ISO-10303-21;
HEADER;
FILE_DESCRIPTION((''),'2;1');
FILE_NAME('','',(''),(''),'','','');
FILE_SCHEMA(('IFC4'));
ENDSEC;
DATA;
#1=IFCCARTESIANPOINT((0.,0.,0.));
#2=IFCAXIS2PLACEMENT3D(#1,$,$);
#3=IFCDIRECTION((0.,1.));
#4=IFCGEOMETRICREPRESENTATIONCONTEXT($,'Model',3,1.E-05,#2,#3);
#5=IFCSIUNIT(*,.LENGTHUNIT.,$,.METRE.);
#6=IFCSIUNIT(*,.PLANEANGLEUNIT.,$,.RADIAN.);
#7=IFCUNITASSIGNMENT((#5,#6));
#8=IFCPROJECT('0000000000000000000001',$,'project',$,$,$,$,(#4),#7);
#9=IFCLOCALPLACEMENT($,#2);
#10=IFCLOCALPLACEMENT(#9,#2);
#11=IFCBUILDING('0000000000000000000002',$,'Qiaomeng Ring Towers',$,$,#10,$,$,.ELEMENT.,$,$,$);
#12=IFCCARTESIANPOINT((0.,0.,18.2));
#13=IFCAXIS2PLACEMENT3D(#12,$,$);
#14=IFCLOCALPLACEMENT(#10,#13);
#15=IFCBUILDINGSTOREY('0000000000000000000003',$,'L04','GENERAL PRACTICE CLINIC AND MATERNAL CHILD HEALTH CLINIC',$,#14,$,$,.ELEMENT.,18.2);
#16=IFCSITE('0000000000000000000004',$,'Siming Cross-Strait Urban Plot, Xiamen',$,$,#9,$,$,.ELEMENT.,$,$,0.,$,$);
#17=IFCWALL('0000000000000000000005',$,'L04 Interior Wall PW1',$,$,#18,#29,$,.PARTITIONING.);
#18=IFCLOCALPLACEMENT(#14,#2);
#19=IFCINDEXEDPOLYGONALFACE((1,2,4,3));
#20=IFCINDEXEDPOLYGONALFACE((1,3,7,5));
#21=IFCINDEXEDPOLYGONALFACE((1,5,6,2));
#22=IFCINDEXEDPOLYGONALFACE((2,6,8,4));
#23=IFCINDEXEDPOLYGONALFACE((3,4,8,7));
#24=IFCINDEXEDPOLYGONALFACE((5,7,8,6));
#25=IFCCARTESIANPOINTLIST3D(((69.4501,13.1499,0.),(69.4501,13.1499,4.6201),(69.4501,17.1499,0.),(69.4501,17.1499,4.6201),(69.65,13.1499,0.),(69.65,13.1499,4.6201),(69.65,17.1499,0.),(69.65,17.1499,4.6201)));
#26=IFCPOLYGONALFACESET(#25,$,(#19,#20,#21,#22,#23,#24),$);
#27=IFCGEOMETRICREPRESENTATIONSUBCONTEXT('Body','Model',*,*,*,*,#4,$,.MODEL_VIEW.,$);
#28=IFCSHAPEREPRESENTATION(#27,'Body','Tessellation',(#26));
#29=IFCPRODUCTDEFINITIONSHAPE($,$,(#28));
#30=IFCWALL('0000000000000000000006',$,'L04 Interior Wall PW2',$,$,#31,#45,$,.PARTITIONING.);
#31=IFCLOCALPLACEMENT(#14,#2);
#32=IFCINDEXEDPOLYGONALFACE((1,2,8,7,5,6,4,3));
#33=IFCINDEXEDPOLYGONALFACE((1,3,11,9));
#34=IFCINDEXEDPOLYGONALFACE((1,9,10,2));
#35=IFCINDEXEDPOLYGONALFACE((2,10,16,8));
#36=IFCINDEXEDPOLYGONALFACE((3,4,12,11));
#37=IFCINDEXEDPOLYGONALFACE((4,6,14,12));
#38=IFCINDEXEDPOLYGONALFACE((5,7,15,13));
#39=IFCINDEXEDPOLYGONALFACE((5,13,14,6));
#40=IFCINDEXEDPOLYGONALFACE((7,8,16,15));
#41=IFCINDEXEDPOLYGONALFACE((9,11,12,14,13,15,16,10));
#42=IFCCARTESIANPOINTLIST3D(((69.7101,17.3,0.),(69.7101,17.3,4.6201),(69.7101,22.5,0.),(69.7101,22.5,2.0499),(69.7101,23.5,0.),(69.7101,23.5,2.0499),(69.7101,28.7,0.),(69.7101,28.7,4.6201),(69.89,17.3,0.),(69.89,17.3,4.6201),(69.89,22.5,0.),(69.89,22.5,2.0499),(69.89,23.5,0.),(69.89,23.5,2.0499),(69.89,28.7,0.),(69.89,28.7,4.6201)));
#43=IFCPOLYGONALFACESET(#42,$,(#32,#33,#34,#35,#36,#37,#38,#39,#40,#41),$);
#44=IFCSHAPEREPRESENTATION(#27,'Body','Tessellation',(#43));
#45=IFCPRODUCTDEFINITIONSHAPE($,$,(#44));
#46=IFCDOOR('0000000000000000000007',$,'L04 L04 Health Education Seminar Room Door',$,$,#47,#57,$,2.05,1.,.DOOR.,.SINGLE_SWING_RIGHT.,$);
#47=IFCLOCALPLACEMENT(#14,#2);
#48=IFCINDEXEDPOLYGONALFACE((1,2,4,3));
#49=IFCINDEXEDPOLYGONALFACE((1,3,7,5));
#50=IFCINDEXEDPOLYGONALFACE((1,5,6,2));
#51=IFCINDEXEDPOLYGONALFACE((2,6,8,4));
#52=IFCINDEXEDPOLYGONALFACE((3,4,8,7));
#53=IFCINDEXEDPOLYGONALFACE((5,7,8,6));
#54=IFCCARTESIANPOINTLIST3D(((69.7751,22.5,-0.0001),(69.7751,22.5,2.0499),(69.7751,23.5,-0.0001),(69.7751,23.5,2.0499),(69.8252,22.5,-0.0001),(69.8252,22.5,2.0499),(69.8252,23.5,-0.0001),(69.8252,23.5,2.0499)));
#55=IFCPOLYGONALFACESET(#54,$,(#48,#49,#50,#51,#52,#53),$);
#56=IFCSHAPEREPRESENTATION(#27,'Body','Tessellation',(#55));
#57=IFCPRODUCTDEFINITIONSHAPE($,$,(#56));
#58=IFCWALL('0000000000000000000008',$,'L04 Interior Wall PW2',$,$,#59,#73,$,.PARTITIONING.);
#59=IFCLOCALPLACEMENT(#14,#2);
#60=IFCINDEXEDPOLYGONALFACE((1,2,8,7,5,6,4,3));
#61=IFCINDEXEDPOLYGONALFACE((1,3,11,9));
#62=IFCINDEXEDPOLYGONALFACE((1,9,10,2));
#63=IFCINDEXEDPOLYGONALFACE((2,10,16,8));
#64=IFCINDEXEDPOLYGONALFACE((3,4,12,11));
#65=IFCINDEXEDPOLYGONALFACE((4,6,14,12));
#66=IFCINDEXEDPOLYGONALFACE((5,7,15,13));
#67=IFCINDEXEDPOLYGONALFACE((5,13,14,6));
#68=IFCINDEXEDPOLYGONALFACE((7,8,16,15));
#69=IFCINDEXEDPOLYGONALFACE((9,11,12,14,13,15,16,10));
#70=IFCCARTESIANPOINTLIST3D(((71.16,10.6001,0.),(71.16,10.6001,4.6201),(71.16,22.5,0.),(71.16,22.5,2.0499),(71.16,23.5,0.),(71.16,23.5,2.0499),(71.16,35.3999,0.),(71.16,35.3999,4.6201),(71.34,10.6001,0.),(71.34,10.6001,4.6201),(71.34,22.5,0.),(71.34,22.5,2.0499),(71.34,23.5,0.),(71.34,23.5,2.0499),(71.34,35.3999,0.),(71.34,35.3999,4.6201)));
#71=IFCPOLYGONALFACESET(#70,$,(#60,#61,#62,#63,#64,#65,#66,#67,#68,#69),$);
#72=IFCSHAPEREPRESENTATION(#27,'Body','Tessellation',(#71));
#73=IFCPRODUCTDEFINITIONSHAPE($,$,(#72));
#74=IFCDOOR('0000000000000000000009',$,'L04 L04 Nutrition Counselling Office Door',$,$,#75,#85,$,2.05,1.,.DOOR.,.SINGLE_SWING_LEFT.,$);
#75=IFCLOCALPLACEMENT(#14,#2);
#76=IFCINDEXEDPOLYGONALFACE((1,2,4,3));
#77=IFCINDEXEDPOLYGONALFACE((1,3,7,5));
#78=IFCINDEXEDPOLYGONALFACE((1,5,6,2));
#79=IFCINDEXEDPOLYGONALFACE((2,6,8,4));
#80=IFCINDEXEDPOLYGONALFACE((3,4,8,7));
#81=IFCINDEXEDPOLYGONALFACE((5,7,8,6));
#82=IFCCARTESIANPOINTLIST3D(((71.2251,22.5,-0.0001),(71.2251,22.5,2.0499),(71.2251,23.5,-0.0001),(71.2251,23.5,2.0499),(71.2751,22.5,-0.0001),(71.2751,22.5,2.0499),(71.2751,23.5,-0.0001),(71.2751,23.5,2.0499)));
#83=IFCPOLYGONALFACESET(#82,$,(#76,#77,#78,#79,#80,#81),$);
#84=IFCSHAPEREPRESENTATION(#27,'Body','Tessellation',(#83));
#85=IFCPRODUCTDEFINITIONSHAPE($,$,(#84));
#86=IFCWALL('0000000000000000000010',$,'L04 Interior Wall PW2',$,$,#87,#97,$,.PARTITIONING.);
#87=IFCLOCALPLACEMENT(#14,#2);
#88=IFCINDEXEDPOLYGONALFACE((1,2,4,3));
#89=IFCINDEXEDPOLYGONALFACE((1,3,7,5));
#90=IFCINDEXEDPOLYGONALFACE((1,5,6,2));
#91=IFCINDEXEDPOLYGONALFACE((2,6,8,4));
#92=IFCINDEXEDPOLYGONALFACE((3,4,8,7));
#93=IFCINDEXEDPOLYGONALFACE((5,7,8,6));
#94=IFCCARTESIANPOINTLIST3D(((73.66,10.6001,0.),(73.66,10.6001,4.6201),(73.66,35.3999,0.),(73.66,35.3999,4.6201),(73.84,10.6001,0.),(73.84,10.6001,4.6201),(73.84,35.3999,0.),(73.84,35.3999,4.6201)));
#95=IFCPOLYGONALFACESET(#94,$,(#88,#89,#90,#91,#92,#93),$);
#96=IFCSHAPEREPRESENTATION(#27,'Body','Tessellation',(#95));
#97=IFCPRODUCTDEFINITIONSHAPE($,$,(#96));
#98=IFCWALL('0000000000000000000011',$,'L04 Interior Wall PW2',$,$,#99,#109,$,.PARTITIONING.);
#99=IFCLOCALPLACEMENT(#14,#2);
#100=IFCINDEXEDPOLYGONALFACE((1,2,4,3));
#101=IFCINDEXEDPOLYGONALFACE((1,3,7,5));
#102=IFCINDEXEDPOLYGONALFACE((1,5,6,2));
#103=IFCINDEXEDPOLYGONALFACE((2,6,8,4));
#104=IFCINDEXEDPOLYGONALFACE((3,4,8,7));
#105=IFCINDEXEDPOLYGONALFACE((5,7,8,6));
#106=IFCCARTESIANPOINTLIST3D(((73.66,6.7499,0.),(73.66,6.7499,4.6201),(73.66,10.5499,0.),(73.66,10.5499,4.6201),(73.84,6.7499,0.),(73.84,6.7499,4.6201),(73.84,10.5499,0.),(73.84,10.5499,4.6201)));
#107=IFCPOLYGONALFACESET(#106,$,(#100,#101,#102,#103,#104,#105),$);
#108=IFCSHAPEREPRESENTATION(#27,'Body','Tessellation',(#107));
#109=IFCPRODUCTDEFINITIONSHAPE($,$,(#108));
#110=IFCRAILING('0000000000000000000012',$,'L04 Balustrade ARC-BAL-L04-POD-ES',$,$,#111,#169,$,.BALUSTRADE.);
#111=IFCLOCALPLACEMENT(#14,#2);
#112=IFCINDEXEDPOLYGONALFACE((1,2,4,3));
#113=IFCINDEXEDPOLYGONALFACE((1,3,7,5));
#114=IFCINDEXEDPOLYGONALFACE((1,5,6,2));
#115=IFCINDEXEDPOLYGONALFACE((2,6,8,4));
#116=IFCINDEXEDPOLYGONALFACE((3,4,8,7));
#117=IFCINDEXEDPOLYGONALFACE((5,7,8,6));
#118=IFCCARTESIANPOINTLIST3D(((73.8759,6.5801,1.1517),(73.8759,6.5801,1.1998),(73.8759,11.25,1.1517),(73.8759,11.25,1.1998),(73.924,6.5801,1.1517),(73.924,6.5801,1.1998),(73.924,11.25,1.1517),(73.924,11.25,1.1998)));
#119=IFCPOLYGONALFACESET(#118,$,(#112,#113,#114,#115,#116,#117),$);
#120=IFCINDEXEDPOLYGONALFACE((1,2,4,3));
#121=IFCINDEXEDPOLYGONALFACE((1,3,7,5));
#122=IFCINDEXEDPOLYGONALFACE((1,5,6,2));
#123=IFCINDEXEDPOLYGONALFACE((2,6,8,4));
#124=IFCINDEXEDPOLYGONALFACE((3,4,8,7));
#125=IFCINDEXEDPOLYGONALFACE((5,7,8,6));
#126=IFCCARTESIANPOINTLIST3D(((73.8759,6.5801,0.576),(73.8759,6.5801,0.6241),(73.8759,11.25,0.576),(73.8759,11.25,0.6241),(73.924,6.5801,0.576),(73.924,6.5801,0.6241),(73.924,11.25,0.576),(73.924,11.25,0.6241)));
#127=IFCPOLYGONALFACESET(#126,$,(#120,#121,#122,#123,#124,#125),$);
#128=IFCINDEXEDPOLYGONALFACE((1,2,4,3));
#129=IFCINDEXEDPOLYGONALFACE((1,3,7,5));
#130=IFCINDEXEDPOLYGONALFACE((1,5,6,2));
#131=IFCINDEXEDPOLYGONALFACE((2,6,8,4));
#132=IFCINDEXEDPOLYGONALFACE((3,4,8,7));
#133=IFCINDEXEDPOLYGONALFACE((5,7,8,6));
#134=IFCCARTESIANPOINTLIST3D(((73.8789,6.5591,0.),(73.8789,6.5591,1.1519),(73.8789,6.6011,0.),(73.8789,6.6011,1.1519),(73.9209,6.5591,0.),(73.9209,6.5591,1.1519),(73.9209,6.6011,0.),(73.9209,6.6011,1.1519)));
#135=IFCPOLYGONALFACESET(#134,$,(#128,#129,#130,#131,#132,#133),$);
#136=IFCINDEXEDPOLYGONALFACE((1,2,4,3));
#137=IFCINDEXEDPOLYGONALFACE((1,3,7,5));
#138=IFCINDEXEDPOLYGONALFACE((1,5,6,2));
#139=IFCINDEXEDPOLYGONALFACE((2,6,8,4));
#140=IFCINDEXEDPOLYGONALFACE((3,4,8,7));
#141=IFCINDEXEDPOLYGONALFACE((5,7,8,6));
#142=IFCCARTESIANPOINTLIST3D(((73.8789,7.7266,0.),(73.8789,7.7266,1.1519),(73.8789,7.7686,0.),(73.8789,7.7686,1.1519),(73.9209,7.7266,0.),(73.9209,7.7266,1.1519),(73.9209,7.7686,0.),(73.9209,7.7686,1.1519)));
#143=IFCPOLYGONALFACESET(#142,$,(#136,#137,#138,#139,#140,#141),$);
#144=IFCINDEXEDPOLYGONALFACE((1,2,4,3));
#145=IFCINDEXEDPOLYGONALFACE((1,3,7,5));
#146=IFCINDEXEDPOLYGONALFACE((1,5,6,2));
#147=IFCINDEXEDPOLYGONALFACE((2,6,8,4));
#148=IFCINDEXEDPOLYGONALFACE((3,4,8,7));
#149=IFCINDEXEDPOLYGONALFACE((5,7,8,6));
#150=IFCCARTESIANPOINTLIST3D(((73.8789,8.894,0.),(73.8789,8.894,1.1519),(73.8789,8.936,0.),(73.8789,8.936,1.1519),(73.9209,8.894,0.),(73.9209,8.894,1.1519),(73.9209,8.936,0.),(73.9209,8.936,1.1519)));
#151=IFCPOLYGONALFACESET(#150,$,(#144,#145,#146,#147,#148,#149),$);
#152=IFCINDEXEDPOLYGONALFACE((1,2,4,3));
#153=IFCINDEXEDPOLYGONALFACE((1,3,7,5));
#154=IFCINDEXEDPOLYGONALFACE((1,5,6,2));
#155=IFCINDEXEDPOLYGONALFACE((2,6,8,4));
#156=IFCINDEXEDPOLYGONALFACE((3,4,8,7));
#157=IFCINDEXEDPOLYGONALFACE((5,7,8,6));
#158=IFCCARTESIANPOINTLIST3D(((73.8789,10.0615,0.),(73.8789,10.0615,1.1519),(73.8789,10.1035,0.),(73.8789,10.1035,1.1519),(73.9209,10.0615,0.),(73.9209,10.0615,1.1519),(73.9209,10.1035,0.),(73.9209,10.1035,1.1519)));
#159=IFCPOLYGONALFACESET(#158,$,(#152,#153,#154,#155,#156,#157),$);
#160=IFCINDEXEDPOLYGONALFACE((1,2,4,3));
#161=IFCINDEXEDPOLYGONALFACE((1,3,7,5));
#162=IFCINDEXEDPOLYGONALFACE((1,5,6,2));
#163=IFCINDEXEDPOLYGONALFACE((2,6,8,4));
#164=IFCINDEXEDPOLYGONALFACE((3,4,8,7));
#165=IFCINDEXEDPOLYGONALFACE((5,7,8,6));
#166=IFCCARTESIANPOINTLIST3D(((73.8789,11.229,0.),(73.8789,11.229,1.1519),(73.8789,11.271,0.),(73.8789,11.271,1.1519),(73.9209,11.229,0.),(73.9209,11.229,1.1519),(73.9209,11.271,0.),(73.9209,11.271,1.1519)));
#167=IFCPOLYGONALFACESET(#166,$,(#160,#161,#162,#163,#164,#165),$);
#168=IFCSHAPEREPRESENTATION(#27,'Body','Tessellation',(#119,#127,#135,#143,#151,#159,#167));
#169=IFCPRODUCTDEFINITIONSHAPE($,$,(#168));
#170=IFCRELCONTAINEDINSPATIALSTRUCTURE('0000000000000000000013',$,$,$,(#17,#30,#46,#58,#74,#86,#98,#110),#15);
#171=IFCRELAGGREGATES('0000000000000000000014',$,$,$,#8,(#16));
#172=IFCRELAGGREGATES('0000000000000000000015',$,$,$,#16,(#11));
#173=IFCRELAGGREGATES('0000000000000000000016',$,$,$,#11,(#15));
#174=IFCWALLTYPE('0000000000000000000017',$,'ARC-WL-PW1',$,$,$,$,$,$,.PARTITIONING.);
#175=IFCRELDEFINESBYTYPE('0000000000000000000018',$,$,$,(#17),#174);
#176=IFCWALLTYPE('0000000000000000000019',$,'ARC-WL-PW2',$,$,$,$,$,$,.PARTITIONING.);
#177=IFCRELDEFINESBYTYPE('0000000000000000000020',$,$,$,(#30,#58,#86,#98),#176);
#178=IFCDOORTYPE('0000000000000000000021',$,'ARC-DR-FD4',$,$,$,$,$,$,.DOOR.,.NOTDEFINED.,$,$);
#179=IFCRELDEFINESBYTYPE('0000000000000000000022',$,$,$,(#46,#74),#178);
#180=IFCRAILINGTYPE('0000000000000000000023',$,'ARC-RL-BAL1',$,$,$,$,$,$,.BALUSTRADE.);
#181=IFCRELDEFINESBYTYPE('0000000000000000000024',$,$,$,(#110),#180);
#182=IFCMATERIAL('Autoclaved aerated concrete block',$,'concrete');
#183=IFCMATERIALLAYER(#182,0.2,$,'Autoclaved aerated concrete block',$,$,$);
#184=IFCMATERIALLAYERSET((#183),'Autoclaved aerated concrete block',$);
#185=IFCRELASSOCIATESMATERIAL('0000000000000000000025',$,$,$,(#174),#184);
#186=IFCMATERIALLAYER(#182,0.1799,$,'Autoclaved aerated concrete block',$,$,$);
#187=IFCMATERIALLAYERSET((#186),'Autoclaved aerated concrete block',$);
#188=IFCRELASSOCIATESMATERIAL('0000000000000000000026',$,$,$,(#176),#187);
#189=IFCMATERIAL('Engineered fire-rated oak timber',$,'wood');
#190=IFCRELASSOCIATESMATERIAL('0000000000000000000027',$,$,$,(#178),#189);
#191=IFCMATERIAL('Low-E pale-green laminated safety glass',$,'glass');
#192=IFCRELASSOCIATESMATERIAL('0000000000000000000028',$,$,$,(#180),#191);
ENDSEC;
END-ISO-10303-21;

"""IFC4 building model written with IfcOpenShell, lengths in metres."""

from ifc_helpers import new_model, si_unit, direction, frame, frame_2d, origin, origin_2d, place, context, subcontext, project, spatial, rectangle, extrude, source, transform, mapped, material, layer, layer_set, type_object, element, fill, save


model = new_model("IFC4")

# Units and contexts
model_context = context("Model", 3, precision=1e-05, world=origin(), true_north=direction((0.0, 1.0)))
body_context = subcontext(model_context, "Body", "Model", "MODEL_VIEW")
ifc_project = project(units=[si_unit("LENGTHUNIT", "METRE"), si_unit("PLANEANGLEUNIT", "RADIAN")], contexts=[model_context])

# Site, building, storey
site_placement = place(None, origin())
site = spatial("IfcSite", under=ifc_project, at=site_placement, Name="Siming Cross-Strait Urban Plot, Xiamen", CompositionType="ELEMENT", RefElevation=0.0)
building_placement = place(site_placement, origin())
building = spatial("IfcBuilding", under=site, at=building_placement, Name="Qiaomeng Ring Towers", CompositionType="ELEMENT")
storey_placement = place(building_placement, frame((0.0, 0.0, 18.2)))
storey = spatial("IfcBuildingStorey", under=building, at=storey_placement, Name="L04", Description="GENERAL PRACTICE CLINIC AND MATERNAL CHILD HEALTH CLINIC", CompositionType="ELEMENT", Elevation=18.2)

# Shared definitions
ifc_material_1 = material(Name="Low-E pale-green laminated safety glass", Category="glass")

# Wall
ifc_material_2 = material(Name="Autoclaved aerated concrete block", Category="concrete")
ifc_layer_1 = layer(ifc_material_2, 0.2, Name="Autoclaved aerated concrete block")
ifc_layer_set_1 = layer_set([ifc_layer_1], Name="Autoclaved aerated concrete block")
wall_type_1 = type_object("IfcWallType", Name="ARC-WL-PW1", PredefinedType="PARTITIONING", material=ifc_layer_set_1)
wall_1_placement = place(storey_placement, frame((69.55, 13.1499, 0.0), z_axis=(0.0, 0.0, 1.0), x_axis=(0.0, 1.0, 0.0)))
element("IfcWall", 1, at=wall_1_placement, inside=storey, type_object=wall_type_1, Name="L04 Interior Wall PW1", PredefinedType="PARTITIONING", context=body_context, shape_type="SweptSolid", body=[
    extrude(rectangle(XDim=4.0, YDim=0.2, at=frame_2d((2.0, 0.0))), origin(), (0.0, 0.0, 1.0), 4.6201),
])

# Walls, openings, doors
ifc_layer_2 = layer(ifc_material_2, 0.1799, Name="Autoclaved aerated concrete block")
ifc_layer_set_2 = layer_set([ifc_layer_2], Name="Autoclaved aerated concrete block")
wall_type_2 = type_object("IfcWallType", Name="ARC-WL-PW2", PredefinedType="PARTITIONING", material=ifc_layer_set_2)
wall_2_placement = place(storey_placement, frame((69.8, 17.3, 0.0), z_axis=(0.0, 0.0, 1.0), x_axis=(0.0, 1.0, 0.0)))
wall_2 = element("IfcWall", 2, at=wall_2_placement, inside=storey, type_object=wall_type_2, Name="L04 Interior Wall PW2", PredefinedType="PARTITIONING", context=body_context, shape_type="SweptSolid", body=[
    extrude(rectangle(XDim=11.3999, YDim=0.1799, at=frame_2d((5.7, 0.0))), origin(), (0.0, 0.0, 1.0), 4.6201),
])
opening_1_placement = place(wall_2_placement, frame((5.2, 0.0, 0.0)))
opening_1 = element("IfcOpeningElement", 3, at=opening_1_placement, cuts=wall_2, PredefinedType="OPENING", context=body_context, shape_type="SweptSolid", body=[
    extrude(rectangle(XDim=1.0, YDim=2.05, at=frame_2d((0.5, 1.0249))), frame((0.0, 0.0999, 0.0), z_axis=(0.0, -1.0, 0.0), x_axis=(1.0, 0.0, 0.0)), (0.0, 0.0, 1.0), 0.2),
])
ifc_material_3 = material(Name="Engineered fire-rated oak timber", Category="wood")
door_type = type_object("IfcDoorType", Name="ARC-DR-FD4", OperationType="NOTDEFINED", PredefinedType="DOOR", material=ifc_material_3)
shared_shape_1 = source(origin(), body_context, "Body", "SweptSolid", [
    extrude(rectangle(XDim=1.0, YDim=2.05, at=frame_2d((0.5, 1.0249))), frame((0.0, 0.0249, 0.0), z_axis=(0.0, -1.0, 0.0), x_axis=(1.0, 0.0, 0.0)), (0.0, 0.0, 1.0), 0.05),
])
door_1_placement = place(opening_1_placement, origin())
door_1 = element("IfcDoor", 4, at=door_1_placement, inside=storey, type_object=door_type, Name="L04 L04 Health Education Seminar Room Door", OperationType="SINGLE_SWING_RIGHT", OverallHeight=2.05, OverallWidth=1.0, PredefinedType="DOOR", context=body_context, shape_type="MappedRepresentation", body=[
    mapped(shared_shape_1, transform((0.0, 0.0, 0.0), x_axis=(1.0, 0.0, 0.0), y_axis=(0.0, 1.0, 0.0), z_axis=(0.0, 0.0, 1.0), scale=1.0)),
])
fill(opening_1, door_1)
wall_3_placement = place(storey_placement, frame((71.25, 10.6001, 0.0), z_axis=(0.0, 0.0, 1.0), x_axis=(0.0, 1.0, 0.0)))
wall_3 = element("IfcWall", 5, at=wall_3_placement, inside=storey, type_object=wall_type_2, Name="L04 Interior Wall PW2", PredefinedType="PARTITIONING", context=body_context, shape_type="SweptSolid", body=[
    extrude(rectangle(XDim=24.7998, YDim=0.1799, at=frame_2d((12.3999, 0.0))), origin(), (0.0, 0.0, 1.0), 4.6201),
])
opening_2_placement = place(wall_3_placement, frame((11.8999, 0.0, 0.0)))
opening_2 = element("IfcOpeningElement", 6, at=opening_2_placement, cuts=wall_3, PredefinedType="OPENING", context=body_context, shape_type="SweptSolid", body=[
    extrude(rectangle(XDim=1.0, YDim=2.05, at=frame_2d((0.5, 1.0249))), frame((0.0, 0.0999, 0.0), z_axis=(0.0, -1.0, 0.0), x_axis=(1.0, 0.0, 0.0)), (0.0, 0.0, 1.0), 0.2),
])
door_2_placement = place(opening_2_placement, origin())
door_2 = element("IfcDoor", 7, at=door_2_placement, inside=storey, type_object=door_type, Name="L04 L04 Nutrition Counselling Office Door", OperationType="SINGLE_SWING_LEFT", OverallHeight=2.05, OverallWidth=1.0, PredefinedType="DOOR", context=body_context, shape_type="MappedRepresentation", body=[
    mapped(shared_shape_1, transform((0.0, 0.0, 0.0), x_axis=(1.0, 0.0, 0.0), y_axis=(0.0, 1.0, 0.0), z_axis=(0.0, 0.0, 1.0), scale=1.0)),
])
fill(opening_2, door_2)

# Walls
wall_4_placement = place(storey_placement, frame((73.75, 10.6001, 0.0), z_axis=(0.0, 0.0, 1.0), x_axis=(0.0, 1.0, 0.0)))
element("IfcWall", 8, at=wall_4_placement, inside=storey, type_object=wall_type_2, Name="L04 Interior Wall PW2", PredefinedType="PARTITIONING", context=body_context, shape_type="SweptSolid", body=[
    extrude(rectangle(XDim=24.7998, YDim=0.1799, at=frame_2d((12.3999, 0.0))), origin(), (0.0, 0.0, 1.0), 4.6201),
])
wall_5_placement = place(storey_placement, frame((73.75, 6.75, 0.0), z_axis=(0.0, 0.0, 1.0), x_axis=(0.0, 1.0, 0.0)))
element("IfcWall", 9, at=wall_5_placement, inside=storey, type_object=wall_type_2, Name="L04 Interior Wall PW2", PredefinedType="PARTITIONING", context=body_context, shape_type="SweptSolid", body=[
    extrude(rectangle(XDim=3.8, YDim=0.1799, at=frame_2d((1.8999, 0.0))), origin(), (0.0, 0.0, 1.0), 4.6201),
])

# Railing
railing_type = type_object("IfcRailingType", Name="ARC-RL-BAL1", PredefinedType="BALUSTRADE", material=ifc_material_1)
railing_placement = place(storey_placement, frame((73.8999, 6.5801, 0.0)))
element("IfcRailing", 10, at=railing_placement, inside=storey, type_object=railing_type, Name="L04 Balustrade ARC-BAL-L04-POD-ES", PredefinedType="BALUSTRADE", context=body_context, shape_type="SweptSolid", body=[
    extrude(rectangle(XDim=0.0481, YDim=0.0481, at=origin_2d()), frame((0.0, 0.0, 1.1758), z_axis=(0.0, 1.0, 0.0), x_axis=(-1.0, 0.0, 0.0)), (0.0, 0.0, 1.0), 4.6699),
    extrude(rectangle(XDim=0.0481, YDim=0.0481, at=origin_2d()), frame((0.0, 0.0, 0.6001), z_axis=(0.0, 1.0, 0.0), x_axis=(-1.0, 0.0, 0.0)), (0.0, 0.0, 1.0), 4.6699),
    extrude(rectangle(XDim=0.042, YDim=0.042, at=origin_2d()), origin(), (0.0, 0.0, 1.0), 1.1519),
    extrude(rectangle(XDim=0.042, YDim=0.042, at=origin_2d()), frame((0.0, 1.1675, 0.0)), (0.0, 0.0, 1.0), 1.1519),
    extrude(rectangle(XDim=0.042, YDim=0.042, at=origin_2d()), frame((0.0, 2.335, 0.0)), (0.0, 0.0, 1.0), 1.1519),
    extrude(rectangle(XDim=0.042, YDim=0.042, at=origin_2d()), frame((0.0, 3.5024, 0.0)), (0.0, 0.0, 1.0), 1.1519),
    extrude(rectangle(XDim=0.042, YDim=0.042, at=origin_2d()), frame((0.0, 4.6699, 0.0)), (0.0, 0.0, 1.0), 1.1519),
])

save(model, "model.ifc")
